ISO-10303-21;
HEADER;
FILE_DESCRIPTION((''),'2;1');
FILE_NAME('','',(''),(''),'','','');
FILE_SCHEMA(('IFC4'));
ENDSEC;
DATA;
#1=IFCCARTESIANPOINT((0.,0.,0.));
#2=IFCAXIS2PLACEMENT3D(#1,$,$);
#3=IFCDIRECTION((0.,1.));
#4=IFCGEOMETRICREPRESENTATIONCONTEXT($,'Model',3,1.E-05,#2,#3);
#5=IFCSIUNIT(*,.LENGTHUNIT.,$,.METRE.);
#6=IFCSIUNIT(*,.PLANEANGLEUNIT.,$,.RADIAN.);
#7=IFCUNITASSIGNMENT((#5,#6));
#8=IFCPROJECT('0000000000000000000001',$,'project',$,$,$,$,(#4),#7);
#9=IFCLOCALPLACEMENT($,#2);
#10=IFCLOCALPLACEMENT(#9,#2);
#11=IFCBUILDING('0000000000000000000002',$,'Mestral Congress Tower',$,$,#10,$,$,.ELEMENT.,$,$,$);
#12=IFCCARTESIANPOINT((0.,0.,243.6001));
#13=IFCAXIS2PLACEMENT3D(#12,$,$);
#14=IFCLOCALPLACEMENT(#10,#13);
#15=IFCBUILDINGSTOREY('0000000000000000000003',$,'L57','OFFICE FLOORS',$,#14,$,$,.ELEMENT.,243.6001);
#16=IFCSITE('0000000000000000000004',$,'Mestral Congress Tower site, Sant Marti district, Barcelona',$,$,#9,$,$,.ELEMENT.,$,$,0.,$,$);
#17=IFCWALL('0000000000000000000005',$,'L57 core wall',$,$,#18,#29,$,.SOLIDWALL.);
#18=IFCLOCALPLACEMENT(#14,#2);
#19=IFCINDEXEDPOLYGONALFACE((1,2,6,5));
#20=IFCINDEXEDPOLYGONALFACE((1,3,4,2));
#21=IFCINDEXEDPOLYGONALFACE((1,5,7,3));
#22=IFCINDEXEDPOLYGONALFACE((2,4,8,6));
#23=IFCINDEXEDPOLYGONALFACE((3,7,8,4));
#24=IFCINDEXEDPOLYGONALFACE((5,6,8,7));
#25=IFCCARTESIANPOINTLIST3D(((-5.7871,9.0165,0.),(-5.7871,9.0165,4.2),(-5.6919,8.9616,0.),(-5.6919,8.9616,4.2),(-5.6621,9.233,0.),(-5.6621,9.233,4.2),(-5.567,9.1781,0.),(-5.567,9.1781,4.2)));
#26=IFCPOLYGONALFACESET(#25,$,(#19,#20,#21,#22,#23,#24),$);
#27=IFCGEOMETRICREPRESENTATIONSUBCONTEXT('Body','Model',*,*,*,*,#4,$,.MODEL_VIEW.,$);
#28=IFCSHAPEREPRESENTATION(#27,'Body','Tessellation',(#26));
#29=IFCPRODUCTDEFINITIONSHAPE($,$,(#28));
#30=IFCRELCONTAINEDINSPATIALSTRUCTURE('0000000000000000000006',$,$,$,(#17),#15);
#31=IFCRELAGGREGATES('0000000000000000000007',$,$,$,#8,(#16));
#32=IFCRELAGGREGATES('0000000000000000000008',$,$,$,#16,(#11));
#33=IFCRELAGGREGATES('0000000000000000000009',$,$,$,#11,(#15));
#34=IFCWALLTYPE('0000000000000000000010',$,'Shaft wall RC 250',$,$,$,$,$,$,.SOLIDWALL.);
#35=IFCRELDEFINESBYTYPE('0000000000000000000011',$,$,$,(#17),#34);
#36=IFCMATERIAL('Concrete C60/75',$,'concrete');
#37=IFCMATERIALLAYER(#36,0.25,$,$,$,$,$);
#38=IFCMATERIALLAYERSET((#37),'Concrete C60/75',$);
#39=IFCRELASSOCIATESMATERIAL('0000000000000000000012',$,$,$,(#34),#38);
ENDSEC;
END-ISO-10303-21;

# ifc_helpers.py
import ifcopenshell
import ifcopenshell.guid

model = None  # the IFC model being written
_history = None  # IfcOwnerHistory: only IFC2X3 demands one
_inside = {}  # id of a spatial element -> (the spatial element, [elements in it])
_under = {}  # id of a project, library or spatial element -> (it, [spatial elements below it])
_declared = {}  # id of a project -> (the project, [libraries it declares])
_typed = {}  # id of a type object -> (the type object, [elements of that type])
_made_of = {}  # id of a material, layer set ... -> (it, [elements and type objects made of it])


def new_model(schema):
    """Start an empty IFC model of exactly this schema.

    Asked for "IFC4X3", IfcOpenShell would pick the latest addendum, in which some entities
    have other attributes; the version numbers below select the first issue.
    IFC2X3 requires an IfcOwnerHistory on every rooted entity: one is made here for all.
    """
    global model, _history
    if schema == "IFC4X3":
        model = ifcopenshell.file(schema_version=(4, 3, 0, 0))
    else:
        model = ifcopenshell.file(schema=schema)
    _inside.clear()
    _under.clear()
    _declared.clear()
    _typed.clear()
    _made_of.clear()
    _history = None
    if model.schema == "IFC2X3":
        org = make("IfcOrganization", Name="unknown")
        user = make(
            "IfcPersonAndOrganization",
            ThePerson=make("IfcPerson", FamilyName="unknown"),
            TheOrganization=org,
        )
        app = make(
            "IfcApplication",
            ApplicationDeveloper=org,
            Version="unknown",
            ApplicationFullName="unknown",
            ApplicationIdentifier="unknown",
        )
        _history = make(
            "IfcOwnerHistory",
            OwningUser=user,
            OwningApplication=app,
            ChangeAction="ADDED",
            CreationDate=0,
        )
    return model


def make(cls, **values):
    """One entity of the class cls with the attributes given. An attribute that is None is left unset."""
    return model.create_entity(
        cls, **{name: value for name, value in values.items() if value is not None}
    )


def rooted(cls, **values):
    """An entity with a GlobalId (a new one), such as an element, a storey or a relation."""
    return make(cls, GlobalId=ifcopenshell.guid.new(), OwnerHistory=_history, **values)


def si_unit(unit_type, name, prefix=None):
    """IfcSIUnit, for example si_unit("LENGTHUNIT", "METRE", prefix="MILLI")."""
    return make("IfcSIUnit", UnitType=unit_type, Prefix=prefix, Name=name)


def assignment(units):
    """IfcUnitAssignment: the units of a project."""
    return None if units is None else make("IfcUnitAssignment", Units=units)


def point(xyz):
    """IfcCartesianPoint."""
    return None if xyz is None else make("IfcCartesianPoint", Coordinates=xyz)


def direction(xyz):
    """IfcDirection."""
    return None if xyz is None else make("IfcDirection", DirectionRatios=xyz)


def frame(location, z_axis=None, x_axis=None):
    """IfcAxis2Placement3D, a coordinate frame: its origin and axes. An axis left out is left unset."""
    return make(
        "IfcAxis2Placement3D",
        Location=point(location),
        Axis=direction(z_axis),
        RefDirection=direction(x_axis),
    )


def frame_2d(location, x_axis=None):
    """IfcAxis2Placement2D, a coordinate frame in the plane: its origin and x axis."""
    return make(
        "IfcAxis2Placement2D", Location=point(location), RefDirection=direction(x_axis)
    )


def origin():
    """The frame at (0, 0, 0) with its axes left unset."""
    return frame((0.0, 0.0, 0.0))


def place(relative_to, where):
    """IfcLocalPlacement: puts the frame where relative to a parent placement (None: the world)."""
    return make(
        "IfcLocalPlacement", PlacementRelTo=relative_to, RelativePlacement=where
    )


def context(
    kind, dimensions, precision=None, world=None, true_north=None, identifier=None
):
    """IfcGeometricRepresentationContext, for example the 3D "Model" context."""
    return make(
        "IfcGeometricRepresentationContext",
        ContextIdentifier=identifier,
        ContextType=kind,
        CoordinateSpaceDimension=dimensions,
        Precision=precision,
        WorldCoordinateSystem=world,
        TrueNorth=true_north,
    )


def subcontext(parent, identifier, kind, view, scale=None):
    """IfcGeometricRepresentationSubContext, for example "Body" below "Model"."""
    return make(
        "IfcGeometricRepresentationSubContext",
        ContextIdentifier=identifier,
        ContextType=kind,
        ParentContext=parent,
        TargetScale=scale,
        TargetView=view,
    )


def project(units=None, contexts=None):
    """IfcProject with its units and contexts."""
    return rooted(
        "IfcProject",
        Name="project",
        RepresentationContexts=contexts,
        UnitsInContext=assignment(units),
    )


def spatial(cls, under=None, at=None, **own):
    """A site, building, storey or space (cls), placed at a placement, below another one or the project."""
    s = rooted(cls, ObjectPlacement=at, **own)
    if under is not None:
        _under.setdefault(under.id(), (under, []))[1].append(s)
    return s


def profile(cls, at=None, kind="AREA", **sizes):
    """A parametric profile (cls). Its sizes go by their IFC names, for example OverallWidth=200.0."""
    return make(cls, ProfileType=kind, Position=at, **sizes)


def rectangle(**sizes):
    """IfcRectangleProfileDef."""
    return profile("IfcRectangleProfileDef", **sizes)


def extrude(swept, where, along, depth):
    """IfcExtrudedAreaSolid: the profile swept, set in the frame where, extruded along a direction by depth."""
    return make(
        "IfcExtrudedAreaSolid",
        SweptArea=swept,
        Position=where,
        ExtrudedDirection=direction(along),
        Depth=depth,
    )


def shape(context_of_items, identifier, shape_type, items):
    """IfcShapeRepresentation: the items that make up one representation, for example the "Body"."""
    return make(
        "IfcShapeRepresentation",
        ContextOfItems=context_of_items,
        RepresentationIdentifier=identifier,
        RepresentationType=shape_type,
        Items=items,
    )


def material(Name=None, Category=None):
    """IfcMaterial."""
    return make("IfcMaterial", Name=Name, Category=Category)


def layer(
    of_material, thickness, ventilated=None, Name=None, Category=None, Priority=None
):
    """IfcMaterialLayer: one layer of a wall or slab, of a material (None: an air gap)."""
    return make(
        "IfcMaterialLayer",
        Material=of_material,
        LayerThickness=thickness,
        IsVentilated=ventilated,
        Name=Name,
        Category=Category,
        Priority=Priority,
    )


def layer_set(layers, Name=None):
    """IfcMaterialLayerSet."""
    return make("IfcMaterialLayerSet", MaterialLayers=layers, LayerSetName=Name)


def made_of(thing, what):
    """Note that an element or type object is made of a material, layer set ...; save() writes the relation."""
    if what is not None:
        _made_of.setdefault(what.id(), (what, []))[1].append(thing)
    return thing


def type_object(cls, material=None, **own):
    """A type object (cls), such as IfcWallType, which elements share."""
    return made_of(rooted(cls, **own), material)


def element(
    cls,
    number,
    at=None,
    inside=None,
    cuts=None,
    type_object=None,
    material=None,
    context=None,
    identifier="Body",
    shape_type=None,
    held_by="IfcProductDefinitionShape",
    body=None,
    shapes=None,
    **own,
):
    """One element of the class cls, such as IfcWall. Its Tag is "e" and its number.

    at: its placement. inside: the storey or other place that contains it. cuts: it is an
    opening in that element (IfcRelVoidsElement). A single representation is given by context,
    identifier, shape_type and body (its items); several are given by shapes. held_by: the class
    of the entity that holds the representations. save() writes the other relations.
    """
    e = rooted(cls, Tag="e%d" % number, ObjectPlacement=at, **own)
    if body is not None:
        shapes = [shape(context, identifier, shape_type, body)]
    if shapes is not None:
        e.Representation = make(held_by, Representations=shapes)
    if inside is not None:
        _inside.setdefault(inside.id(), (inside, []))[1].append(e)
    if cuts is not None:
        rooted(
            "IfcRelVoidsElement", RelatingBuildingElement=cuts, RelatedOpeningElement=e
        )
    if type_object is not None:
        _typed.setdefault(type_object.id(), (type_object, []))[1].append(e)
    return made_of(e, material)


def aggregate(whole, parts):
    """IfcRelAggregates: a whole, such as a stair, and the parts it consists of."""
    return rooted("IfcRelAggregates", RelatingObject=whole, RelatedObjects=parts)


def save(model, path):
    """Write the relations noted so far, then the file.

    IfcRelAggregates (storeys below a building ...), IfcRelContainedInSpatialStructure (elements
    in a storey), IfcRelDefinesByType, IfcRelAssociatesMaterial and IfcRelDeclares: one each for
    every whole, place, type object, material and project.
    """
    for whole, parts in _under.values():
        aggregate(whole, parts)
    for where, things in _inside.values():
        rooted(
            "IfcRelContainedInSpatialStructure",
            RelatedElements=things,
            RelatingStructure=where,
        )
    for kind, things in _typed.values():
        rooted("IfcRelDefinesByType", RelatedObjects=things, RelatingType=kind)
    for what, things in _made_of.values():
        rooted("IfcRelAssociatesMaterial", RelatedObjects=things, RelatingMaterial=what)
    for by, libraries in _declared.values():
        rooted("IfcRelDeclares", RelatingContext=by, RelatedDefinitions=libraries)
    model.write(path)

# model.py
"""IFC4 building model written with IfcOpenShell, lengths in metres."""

from ifc_helpers import new_model, si_unit, direction, frame, frame_2d, origin, place, context, subcontext, project, spatial, rectangle, extrude, material, layer, layer_set, type_object, element, save


model = new_model("IFC4")

# Units and contexts
model_context = context("Model", 3, precision=1e-05, world=origin(), true_north=direction((0.0, 1.0)))
body_context = subcontext(model_context, "Body", "Model", "MODEL_VIEW")
ifc_project = project(units=[si_unit("LENGTHUNIT", "METRE"), si_unit("PLANEANGLEUNIT", "RADIAN")], contexts=[model_context])

# Site, building, storey
site_placement = place(None, origin())
site = spatial("IfcSite", under=ifc_project, at=site_placement, Name="Mestral Congress Tower site, Sant Marti district, Barcelona", CompositionType="ELEMENT", RefElevation=0.0)
building_placement = place(site_placement, origin())
building = spatial("IfcBuilding", under=site, at=building_placement, Name="Mestral Congress Tower", CompositionType="ELEMENT")
storey_placement = place(building_placement, frame((0.0, 0.0, 243.6001)))
storey = spatial("IfcBuildingStorey", under=building, at=storey_placement, Name="L57", Description="OFFICE FLOORS", CompositionType="ELEMENT", Elevation=243.6001)

# Shared definitions
ifc_material_1 = material(Name="Concrete C60/75", Category="concrete")

# Wall
ifc_layer_1 = layer(ifc_material_1, 0.25)
ifc_layer_set_1 = layer_set([ifc_layer_1], Name="Concrete C60/75")
wall_type_1 = type_object("IfcWallType", Name="Shaft wall RC 250", PredefinedType="SOLIDWALL", material=ifc_layer_set_1)
wall_1_placement = place(storey_placement, frame((-5.7246, 9.1248, 0.0), z_axis=(0.0, 0.0, 1.0), x_axis=(0.866186, -0.499722, 0.0)))
element("IfcWall", 1, at=wall_1_placement, inside=storey, type_object=wall_type_1, Name="L57 core wall", PredefinedType="SOLIDWALL", context=body_context, shape_type="SweptSolid", body=[
    extrude(rectangle(XDim=0.1099, YDim=0.25, at=frame_2d((0.0549, 0.0))), origin(), (0.0, 0.0, 1.0), 4.2),
])

save(model, "model.ifc")
